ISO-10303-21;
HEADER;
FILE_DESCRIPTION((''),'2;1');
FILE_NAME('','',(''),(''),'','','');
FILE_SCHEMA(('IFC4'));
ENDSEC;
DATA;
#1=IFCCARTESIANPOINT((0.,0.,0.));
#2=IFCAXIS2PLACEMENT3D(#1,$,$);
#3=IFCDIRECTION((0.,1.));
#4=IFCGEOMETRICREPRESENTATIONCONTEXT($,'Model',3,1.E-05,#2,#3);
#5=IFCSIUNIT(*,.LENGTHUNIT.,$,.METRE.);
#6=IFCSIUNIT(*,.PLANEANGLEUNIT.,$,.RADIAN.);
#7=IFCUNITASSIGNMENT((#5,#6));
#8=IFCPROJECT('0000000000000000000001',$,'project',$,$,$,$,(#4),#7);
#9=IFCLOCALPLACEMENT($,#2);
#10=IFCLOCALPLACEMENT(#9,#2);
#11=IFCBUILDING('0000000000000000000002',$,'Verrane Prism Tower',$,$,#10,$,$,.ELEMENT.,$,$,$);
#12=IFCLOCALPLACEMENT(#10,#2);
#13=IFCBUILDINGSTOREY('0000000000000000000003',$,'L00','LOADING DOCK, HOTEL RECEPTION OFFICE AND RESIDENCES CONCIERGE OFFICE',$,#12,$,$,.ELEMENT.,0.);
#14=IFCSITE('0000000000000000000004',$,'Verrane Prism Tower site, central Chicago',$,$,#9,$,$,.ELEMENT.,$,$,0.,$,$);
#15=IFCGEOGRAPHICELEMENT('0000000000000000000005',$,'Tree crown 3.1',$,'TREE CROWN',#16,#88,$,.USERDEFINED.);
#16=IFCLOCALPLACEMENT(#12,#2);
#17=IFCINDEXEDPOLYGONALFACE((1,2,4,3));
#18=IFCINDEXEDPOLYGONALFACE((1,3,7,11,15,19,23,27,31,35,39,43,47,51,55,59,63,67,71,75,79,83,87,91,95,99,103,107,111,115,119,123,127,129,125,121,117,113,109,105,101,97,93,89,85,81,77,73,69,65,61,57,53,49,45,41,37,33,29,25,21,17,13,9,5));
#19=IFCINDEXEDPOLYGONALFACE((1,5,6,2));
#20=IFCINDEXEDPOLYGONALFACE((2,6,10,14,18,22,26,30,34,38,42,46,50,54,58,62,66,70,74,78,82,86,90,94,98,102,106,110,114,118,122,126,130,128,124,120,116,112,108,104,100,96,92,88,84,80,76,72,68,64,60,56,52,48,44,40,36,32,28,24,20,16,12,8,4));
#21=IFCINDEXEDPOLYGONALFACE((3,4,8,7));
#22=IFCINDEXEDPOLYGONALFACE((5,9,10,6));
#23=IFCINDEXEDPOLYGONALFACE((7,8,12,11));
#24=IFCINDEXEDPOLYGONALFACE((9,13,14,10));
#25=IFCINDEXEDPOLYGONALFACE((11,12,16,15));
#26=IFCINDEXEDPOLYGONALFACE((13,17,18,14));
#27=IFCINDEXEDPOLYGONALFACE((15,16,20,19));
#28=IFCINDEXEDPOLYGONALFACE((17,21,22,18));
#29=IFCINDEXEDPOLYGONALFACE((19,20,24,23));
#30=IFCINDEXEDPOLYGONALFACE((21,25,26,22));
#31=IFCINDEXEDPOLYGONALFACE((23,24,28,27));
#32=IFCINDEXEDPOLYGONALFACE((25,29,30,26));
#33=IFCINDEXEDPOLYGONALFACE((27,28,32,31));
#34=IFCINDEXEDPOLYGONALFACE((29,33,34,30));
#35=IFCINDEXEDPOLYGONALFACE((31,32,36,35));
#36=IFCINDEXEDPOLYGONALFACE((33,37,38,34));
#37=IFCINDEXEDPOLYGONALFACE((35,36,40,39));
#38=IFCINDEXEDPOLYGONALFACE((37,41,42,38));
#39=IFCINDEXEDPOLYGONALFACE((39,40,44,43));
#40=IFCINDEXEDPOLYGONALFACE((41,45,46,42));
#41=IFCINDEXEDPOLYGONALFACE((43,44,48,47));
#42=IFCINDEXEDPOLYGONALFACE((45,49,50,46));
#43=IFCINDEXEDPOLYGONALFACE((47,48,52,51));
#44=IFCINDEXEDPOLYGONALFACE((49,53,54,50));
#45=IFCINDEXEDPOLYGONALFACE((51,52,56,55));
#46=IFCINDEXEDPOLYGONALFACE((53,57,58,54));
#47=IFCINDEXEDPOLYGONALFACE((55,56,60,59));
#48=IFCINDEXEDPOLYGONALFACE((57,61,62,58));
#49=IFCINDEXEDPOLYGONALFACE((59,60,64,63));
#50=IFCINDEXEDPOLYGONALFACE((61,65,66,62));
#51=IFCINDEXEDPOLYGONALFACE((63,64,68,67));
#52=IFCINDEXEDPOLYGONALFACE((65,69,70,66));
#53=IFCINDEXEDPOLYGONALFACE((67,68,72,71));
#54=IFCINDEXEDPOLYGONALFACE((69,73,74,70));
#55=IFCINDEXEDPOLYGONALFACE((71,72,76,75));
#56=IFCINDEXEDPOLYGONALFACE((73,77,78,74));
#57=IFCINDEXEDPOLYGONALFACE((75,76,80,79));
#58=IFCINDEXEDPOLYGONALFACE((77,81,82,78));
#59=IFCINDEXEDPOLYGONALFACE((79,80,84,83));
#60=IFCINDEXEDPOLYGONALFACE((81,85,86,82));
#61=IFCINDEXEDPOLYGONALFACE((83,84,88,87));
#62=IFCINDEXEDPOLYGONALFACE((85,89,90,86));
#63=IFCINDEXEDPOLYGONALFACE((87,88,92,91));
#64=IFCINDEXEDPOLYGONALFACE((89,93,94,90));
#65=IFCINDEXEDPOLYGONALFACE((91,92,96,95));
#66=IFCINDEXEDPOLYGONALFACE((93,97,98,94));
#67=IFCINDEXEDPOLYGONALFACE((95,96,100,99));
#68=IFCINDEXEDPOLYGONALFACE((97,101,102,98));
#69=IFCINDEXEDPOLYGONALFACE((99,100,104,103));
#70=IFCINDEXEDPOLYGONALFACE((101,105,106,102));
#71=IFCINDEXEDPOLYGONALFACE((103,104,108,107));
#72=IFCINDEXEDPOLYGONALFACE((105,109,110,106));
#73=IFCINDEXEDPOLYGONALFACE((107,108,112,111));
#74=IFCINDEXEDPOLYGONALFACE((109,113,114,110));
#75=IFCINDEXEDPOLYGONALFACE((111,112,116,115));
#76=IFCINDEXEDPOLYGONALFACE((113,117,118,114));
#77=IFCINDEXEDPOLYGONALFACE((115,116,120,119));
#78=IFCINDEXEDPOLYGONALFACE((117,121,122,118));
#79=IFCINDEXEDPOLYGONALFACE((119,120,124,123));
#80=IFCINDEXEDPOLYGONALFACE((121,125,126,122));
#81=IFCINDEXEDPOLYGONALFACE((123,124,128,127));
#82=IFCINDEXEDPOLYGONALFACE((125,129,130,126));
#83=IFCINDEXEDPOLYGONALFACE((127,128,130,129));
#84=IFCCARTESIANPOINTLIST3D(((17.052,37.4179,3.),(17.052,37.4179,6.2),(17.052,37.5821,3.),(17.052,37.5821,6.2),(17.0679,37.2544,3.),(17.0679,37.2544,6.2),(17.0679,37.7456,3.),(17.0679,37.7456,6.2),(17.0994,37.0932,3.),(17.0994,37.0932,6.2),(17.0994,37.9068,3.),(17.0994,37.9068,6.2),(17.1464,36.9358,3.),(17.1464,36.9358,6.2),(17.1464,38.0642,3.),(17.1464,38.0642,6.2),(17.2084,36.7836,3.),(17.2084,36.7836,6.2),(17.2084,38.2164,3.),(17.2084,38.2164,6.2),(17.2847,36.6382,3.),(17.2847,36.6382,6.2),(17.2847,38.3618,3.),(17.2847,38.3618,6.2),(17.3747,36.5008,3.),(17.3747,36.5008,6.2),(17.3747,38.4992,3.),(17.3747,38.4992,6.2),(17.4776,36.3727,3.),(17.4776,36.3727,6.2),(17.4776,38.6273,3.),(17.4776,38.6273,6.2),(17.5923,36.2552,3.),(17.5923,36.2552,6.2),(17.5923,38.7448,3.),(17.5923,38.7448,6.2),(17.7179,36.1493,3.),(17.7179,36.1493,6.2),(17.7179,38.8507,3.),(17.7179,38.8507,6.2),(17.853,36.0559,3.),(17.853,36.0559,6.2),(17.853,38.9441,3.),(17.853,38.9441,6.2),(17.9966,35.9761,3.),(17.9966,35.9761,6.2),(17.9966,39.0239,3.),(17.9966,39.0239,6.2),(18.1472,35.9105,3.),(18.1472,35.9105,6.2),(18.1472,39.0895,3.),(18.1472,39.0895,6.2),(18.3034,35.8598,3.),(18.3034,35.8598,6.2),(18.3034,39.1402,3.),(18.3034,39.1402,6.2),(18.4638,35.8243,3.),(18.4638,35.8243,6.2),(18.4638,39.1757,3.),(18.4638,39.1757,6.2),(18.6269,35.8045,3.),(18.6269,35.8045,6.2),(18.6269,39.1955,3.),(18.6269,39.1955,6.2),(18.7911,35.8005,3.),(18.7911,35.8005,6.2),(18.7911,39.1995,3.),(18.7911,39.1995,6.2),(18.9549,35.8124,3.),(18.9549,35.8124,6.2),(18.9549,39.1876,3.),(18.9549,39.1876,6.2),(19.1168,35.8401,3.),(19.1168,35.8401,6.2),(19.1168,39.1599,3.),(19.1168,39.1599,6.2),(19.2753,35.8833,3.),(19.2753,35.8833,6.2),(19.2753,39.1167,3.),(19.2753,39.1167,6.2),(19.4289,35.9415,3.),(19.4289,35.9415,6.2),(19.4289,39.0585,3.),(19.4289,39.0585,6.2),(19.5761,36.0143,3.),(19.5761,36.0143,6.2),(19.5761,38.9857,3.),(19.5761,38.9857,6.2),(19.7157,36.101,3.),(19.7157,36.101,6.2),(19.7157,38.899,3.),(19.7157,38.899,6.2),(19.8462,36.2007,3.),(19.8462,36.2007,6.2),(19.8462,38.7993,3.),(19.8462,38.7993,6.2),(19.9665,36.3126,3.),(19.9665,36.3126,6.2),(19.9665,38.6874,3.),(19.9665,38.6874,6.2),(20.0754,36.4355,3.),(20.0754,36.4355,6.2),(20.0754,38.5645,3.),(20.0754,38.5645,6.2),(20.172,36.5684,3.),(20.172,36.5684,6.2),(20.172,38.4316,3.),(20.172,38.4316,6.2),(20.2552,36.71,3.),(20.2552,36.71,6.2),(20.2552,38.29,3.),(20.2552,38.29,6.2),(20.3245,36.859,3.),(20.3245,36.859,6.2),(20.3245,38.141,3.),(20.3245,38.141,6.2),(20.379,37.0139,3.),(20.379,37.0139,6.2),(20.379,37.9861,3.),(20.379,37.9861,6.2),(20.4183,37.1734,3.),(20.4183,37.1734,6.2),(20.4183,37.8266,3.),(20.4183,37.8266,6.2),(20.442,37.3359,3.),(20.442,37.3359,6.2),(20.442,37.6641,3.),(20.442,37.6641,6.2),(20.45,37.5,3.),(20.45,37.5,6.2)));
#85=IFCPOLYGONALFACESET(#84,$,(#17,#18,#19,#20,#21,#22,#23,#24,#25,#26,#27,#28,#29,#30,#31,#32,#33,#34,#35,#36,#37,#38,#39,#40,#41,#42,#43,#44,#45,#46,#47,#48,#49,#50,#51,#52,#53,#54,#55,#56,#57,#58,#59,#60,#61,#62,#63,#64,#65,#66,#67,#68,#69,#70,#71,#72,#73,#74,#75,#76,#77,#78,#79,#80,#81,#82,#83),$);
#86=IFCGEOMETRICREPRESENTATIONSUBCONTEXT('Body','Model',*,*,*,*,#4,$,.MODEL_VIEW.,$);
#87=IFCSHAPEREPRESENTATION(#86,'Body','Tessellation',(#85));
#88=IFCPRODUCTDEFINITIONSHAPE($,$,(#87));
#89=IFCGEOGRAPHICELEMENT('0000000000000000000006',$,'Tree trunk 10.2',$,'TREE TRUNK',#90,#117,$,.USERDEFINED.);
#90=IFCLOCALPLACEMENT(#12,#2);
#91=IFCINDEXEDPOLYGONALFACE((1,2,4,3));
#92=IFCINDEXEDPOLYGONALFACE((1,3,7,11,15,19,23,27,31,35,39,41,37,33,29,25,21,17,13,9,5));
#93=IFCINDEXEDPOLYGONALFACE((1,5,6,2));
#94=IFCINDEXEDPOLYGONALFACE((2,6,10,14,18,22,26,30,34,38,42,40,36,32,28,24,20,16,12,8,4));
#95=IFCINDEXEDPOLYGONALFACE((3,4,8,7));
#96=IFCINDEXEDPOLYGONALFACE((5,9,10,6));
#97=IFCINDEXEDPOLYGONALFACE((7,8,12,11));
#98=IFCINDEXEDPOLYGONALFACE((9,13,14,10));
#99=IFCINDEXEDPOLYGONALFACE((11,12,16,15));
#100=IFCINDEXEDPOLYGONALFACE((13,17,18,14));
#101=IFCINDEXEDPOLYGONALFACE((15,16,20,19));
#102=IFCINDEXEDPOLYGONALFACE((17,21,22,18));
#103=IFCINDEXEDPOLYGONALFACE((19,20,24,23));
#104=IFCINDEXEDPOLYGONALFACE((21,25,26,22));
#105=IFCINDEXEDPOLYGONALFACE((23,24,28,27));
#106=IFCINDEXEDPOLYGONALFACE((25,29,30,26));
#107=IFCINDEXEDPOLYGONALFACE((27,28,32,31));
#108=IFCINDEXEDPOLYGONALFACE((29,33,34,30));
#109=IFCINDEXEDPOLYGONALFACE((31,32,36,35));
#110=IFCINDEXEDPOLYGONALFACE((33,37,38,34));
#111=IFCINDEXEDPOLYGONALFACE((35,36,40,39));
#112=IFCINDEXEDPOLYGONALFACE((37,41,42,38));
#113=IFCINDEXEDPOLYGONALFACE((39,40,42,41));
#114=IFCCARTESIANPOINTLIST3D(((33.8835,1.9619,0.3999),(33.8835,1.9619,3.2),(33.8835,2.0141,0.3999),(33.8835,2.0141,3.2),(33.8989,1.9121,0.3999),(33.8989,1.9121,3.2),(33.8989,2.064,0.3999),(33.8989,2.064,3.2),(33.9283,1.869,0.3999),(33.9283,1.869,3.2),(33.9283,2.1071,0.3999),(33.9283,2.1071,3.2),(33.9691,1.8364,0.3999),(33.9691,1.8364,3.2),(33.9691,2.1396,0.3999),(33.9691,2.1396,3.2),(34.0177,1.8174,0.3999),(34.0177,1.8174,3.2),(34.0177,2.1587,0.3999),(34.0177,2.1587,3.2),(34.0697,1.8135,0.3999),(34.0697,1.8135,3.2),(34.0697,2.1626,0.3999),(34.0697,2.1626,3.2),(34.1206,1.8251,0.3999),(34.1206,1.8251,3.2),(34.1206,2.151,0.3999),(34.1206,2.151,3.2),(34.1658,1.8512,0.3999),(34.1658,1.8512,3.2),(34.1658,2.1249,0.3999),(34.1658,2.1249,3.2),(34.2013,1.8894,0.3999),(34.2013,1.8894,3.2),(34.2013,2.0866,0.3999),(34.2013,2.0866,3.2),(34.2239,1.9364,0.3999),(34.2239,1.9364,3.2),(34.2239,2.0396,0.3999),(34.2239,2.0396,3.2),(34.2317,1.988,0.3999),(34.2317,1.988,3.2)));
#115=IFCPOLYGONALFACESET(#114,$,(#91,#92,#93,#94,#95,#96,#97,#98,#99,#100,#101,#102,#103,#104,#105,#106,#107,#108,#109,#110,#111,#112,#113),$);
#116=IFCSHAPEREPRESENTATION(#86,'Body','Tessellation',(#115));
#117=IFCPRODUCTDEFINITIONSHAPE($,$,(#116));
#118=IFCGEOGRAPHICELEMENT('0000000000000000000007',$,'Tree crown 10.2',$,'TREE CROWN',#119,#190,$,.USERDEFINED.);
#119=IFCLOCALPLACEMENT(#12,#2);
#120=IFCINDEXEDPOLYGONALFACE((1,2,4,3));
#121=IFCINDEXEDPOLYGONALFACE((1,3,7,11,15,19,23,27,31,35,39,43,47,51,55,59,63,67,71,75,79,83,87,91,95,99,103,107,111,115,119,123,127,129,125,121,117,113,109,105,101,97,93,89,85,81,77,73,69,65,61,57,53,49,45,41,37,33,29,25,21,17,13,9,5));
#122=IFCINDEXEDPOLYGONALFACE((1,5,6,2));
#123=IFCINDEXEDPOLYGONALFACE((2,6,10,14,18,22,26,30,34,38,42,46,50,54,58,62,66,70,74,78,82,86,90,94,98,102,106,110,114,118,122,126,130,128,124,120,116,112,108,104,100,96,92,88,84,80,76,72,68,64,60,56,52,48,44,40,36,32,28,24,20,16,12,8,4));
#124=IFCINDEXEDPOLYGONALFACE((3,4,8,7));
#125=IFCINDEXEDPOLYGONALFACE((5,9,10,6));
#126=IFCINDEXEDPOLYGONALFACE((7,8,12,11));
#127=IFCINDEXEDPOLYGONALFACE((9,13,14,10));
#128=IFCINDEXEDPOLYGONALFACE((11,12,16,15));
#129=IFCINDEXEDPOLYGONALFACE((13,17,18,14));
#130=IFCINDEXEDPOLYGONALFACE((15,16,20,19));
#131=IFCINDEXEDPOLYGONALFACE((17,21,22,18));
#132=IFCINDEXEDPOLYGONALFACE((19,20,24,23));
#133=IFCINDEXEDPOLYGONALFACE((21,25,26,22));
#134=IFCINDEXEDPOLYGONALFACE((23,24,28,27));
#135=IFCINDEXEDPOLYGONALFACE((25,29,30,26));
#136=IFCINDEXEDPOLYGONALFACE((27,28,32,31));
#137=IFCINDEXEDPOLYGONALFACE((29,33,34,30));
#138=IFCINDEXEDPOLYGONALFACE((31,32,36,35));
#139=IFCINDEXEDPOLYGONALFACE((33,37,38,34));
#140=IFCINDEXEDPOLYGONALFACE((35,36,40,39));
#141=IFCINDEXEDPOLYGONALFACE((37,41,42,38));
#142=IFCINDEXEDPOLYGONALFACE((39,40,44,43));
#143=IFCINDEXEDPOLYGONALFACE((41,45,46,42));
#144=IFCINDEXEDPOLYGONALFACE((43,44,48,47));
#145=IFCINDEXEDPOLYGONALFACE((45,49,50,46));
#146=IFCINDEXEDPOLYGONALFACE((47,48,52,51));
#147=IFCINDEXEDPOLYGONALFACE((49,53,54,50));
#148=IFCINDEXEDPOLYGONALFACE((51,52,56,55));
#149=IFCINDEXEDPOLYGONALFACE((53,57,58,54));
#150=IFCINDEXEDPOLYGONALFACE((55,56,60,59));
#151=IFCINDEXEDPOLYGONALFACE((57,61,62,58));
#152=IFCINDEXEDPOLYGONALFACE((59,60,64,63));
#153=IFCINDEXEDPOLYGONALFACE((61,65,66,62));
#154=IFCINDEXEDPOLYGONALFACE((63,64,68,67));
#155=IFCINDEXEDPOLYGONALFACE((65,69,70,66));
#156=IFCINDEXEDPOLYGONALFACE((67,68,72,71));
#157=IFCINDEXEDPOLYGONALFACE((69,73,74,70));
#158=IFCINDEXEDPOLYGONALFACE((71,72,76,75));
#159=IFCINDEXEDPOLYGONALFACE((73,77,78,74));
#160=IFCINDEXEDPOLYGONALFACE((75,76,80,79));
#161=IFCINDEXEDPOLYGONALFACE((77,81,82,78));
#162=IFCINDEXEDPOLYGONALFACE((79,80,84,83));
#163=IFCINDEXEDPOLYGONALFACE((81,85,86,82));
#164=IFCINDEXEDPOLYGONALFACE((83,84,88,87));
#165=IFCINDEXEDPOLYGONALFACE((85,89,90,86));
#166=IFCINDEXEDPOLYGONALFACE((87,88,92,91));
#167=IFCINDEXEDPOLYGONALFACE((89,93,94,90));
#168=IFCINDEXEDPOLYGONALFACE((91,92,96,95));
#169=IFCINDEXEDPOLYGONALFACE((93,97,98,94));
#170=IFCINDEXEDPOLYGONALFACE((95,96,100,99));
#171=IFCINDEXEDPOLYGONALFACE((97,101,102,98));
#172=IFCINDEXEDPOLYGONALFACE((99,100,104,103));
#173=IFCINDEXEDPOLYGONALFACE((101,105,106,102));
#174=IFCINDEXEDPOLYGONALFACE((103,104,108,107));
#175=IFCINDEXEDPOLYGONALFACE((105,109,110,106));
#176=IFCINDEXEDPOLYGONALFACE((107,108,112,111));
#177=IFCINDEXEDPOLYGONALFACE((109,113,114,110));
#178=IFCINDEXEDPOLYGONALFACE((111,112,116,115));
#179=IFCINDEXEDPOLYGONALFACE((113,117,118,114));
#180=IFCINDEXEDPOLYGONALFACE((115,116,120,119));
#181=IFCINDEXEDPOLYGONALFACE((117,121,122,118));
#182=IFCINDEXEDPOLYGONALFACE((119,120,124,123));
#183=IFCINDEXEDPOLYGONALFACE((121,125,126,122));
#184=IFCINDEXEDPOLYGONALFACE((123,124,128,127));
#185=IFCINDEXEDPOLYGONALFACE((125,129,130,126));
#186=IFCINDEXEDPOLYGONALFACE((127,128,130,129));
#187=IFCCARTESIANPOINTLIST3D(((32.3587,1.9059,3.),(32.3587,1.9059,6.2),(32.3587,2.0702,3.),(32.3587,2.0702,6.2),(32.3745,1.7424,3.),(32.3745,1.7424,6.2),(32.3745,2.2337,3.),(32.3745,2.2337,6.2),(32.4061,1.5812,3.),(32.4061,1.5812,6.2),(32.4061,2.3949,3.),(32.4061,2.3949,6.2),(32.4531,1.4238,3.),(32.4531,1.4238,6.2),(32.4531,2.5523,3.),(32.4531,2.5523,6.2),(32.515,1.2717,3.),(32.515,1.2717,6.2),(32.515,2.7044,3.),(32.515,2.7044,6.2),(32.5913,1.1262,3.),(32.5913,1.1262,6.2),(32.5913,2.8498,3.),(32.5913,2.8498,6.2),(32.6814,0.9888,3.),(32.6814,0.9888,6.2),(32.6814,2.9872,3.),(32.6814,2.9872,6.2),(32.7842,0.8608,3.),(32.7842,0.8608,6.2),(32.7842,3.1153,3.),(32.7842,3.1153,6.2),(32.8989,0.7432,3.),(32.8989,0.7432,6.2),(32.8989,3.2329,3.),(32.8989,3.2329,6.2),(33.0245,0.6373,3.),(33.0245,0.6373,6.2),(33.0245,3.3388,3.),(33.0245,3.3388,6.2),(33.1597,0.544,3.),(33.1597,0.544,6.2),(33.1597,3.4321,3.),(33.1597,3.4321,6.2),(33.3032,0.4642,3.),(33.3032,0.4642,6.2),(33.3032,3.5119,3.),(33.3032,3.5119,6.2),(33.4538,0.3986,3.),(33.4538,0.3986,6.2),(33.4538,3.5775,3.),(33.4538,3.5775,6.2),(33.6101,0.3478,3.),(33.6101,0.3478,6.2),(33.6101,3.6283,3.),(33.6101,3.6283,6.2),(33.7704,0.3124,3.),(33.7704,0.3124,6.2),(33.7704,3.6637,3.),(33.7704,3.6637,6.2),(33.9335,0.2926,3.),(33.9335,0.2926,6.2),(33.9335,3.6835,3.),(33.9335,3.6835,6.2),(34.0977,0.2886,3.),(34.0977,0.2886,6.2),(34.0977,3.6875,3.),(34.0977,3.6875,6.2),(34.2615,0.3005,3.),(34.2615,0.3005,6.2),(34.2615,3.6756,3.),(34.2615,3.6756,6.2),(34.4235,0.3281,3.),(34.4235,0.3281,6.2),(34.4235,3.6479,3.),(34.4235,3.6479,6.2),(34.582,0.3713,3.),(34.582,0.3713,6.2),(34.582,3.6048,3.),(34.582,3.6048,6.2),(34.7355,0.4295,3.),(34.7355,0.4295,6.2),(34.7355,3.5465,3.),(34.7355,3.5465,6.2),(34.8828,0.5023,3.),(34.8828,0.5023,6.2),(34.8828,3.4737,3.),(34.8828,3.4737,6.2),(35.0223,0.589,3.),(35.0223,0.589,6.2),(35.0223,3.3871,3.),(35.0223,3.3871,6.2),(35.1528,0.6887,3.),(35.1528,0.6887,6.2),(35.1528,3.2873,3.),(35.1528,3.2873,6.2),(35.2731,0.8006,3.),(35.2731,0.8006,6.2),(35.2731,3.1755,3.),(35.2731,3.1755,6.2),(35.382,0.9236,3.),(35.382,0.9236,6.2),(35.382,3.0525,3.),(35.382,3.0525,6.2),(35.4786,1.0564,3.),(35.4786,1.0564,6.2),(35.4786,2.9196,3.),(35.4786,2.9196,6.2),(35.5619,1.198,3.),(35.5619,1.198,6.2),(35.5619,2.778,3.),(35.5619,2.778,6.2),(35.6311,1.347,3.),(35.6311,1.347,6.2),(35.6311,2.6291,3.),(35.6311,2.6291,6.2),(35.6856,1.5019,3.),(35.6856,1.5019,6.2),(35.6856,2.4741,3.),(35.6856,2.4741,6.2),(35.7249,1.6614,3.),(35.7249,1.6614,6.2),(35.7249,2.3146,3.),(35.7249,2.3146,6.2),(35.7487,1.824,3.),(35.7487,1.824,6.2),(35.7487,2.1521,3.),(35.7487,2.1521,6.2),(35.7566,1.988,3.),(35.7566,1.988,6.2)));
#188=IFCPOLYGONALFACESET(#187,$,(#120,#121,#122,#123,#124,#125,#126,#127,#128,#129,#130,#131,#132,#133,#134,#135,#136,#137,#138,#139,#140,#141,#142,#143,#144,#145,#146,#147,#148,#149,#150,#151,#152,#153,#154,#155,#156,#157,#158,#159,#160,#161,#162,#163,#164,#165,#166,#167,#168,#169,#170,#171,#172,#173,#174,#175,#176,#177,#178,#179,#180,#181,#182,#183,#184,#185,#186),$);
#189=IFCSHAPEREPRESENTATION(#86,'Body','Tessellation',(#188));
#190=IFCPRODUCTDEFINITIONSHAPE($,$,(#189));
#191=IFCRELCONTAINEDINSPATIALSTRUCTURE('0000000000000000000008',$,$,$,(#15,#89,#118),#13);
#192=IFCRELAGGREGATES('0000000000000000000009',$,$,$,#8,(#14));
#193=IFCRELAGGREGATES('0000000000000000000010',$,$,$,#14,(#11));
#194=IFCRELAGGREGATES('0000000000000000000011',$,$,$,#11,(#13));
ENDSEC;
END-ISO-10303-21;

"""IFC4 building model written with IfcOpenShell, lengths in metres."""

from ifc_helpers import new_model, si_unit, direction, frame, origin, origin_2d, place, context, subcontext, project, spatial, circle, extrude, element, save


model = new_model("IFC4")

# Units and contexts
model_context = context("Model", 3, precision=1e-05, world=origin(), true_north=direction((0.0, 1.0)))
body_context = subcontext(model_context, "Body", "Model", "MODEL_VIEW")
ifc_project = project(units=[si_unit("LENGTHUNIT", "METRE"), si_unit("PLANEANGLEUNIT", "RADIAN")], contexts=[model_context])

# Site, building, storey
site_placement = place(None, origin())
site = spatial("IfcSite", under=ifc_project, at=site_placement, Name="Verrane Prism Tower site, central Chicago", CompositionType="ELEMENT", RefElevation=0.0)
building_placement = place(site_placement, origin())
building = spatial("IfcBuilding", under=site, at=building_placement, Name="Verrane Prism Tower", CompositionType="ELEMENT")
storey_placement = place(building_placement, origin())
storey = spatial("IfcBuildingStorey", under=building, at=storey_placement, Name="L00", Description="LOADING DOCK, HOTEL RECEPTION OFFICE AND RESIDENCES CONCIERGE OFFICE", CompositionType="ELEMENT", Elevation=0.0)

# Geographic elements
geographic_element_1_placement = place(storey_placement, frame((18.75, 37.5, 6.2), z_axis=(0.0, 0.0, -1.0), x_axis=(1.0, 0.0, 0.0)))
element("IfcGeographicElement", 1, at=geographic_element_1_placement, inside=storey, Name="Tree crown 3.1", ObjectType="TREE CROWN", PredefinedType="USERDEFINED", context=body_context, shape_type="SweptSolid", body=[
    extrude(circle(Radius=1.7, at=origin_2d()), origin(), (0.0, 0.0, 1.0), 3.2),
])
geographic_element_2_placement = place(storey_placement, frame((34.0566, 1.988, 3.2), z_axis=(0.0, 0.0, -1.0), x_axis=(1.0, 0.0, 0.0)))
element("IfcGeographicElement", 2, at=geographic_element_2_placement, inside=storey, Name="Tree trunk 10.2", ObjectType="TREE TRUNK", PredefinedType="USERDEFINED", context=body_context, shape_type="SweptSolid", body=[
    extrude(circle(Radius=0.175, at=origin_2d()), origin(), (0.0, 0.0, 1.0), 2.8),
])
geographic_element_3_placement = place(storey_placement, frame((34.0566, 1.988, 6.2), z_axis=(0.0, 0.0, -1.0), x_axis=(1.0, 0.0, 0.0)))
element("IfcGeographicElement", 3, at=geographic_element_3_placement, inside=storey, Name="Tree crown 10.2", ObjectType="TREE CROWN", PredefinedType="USERDEFINED", context=body_context, shape_type="SweptSolid", body=[
    extrude(circle(Radius=1.7, at=origin_2d()), origin(), (0.0, 0.0, 1.0), 3.2),
])

save(model, "model.ifc")
